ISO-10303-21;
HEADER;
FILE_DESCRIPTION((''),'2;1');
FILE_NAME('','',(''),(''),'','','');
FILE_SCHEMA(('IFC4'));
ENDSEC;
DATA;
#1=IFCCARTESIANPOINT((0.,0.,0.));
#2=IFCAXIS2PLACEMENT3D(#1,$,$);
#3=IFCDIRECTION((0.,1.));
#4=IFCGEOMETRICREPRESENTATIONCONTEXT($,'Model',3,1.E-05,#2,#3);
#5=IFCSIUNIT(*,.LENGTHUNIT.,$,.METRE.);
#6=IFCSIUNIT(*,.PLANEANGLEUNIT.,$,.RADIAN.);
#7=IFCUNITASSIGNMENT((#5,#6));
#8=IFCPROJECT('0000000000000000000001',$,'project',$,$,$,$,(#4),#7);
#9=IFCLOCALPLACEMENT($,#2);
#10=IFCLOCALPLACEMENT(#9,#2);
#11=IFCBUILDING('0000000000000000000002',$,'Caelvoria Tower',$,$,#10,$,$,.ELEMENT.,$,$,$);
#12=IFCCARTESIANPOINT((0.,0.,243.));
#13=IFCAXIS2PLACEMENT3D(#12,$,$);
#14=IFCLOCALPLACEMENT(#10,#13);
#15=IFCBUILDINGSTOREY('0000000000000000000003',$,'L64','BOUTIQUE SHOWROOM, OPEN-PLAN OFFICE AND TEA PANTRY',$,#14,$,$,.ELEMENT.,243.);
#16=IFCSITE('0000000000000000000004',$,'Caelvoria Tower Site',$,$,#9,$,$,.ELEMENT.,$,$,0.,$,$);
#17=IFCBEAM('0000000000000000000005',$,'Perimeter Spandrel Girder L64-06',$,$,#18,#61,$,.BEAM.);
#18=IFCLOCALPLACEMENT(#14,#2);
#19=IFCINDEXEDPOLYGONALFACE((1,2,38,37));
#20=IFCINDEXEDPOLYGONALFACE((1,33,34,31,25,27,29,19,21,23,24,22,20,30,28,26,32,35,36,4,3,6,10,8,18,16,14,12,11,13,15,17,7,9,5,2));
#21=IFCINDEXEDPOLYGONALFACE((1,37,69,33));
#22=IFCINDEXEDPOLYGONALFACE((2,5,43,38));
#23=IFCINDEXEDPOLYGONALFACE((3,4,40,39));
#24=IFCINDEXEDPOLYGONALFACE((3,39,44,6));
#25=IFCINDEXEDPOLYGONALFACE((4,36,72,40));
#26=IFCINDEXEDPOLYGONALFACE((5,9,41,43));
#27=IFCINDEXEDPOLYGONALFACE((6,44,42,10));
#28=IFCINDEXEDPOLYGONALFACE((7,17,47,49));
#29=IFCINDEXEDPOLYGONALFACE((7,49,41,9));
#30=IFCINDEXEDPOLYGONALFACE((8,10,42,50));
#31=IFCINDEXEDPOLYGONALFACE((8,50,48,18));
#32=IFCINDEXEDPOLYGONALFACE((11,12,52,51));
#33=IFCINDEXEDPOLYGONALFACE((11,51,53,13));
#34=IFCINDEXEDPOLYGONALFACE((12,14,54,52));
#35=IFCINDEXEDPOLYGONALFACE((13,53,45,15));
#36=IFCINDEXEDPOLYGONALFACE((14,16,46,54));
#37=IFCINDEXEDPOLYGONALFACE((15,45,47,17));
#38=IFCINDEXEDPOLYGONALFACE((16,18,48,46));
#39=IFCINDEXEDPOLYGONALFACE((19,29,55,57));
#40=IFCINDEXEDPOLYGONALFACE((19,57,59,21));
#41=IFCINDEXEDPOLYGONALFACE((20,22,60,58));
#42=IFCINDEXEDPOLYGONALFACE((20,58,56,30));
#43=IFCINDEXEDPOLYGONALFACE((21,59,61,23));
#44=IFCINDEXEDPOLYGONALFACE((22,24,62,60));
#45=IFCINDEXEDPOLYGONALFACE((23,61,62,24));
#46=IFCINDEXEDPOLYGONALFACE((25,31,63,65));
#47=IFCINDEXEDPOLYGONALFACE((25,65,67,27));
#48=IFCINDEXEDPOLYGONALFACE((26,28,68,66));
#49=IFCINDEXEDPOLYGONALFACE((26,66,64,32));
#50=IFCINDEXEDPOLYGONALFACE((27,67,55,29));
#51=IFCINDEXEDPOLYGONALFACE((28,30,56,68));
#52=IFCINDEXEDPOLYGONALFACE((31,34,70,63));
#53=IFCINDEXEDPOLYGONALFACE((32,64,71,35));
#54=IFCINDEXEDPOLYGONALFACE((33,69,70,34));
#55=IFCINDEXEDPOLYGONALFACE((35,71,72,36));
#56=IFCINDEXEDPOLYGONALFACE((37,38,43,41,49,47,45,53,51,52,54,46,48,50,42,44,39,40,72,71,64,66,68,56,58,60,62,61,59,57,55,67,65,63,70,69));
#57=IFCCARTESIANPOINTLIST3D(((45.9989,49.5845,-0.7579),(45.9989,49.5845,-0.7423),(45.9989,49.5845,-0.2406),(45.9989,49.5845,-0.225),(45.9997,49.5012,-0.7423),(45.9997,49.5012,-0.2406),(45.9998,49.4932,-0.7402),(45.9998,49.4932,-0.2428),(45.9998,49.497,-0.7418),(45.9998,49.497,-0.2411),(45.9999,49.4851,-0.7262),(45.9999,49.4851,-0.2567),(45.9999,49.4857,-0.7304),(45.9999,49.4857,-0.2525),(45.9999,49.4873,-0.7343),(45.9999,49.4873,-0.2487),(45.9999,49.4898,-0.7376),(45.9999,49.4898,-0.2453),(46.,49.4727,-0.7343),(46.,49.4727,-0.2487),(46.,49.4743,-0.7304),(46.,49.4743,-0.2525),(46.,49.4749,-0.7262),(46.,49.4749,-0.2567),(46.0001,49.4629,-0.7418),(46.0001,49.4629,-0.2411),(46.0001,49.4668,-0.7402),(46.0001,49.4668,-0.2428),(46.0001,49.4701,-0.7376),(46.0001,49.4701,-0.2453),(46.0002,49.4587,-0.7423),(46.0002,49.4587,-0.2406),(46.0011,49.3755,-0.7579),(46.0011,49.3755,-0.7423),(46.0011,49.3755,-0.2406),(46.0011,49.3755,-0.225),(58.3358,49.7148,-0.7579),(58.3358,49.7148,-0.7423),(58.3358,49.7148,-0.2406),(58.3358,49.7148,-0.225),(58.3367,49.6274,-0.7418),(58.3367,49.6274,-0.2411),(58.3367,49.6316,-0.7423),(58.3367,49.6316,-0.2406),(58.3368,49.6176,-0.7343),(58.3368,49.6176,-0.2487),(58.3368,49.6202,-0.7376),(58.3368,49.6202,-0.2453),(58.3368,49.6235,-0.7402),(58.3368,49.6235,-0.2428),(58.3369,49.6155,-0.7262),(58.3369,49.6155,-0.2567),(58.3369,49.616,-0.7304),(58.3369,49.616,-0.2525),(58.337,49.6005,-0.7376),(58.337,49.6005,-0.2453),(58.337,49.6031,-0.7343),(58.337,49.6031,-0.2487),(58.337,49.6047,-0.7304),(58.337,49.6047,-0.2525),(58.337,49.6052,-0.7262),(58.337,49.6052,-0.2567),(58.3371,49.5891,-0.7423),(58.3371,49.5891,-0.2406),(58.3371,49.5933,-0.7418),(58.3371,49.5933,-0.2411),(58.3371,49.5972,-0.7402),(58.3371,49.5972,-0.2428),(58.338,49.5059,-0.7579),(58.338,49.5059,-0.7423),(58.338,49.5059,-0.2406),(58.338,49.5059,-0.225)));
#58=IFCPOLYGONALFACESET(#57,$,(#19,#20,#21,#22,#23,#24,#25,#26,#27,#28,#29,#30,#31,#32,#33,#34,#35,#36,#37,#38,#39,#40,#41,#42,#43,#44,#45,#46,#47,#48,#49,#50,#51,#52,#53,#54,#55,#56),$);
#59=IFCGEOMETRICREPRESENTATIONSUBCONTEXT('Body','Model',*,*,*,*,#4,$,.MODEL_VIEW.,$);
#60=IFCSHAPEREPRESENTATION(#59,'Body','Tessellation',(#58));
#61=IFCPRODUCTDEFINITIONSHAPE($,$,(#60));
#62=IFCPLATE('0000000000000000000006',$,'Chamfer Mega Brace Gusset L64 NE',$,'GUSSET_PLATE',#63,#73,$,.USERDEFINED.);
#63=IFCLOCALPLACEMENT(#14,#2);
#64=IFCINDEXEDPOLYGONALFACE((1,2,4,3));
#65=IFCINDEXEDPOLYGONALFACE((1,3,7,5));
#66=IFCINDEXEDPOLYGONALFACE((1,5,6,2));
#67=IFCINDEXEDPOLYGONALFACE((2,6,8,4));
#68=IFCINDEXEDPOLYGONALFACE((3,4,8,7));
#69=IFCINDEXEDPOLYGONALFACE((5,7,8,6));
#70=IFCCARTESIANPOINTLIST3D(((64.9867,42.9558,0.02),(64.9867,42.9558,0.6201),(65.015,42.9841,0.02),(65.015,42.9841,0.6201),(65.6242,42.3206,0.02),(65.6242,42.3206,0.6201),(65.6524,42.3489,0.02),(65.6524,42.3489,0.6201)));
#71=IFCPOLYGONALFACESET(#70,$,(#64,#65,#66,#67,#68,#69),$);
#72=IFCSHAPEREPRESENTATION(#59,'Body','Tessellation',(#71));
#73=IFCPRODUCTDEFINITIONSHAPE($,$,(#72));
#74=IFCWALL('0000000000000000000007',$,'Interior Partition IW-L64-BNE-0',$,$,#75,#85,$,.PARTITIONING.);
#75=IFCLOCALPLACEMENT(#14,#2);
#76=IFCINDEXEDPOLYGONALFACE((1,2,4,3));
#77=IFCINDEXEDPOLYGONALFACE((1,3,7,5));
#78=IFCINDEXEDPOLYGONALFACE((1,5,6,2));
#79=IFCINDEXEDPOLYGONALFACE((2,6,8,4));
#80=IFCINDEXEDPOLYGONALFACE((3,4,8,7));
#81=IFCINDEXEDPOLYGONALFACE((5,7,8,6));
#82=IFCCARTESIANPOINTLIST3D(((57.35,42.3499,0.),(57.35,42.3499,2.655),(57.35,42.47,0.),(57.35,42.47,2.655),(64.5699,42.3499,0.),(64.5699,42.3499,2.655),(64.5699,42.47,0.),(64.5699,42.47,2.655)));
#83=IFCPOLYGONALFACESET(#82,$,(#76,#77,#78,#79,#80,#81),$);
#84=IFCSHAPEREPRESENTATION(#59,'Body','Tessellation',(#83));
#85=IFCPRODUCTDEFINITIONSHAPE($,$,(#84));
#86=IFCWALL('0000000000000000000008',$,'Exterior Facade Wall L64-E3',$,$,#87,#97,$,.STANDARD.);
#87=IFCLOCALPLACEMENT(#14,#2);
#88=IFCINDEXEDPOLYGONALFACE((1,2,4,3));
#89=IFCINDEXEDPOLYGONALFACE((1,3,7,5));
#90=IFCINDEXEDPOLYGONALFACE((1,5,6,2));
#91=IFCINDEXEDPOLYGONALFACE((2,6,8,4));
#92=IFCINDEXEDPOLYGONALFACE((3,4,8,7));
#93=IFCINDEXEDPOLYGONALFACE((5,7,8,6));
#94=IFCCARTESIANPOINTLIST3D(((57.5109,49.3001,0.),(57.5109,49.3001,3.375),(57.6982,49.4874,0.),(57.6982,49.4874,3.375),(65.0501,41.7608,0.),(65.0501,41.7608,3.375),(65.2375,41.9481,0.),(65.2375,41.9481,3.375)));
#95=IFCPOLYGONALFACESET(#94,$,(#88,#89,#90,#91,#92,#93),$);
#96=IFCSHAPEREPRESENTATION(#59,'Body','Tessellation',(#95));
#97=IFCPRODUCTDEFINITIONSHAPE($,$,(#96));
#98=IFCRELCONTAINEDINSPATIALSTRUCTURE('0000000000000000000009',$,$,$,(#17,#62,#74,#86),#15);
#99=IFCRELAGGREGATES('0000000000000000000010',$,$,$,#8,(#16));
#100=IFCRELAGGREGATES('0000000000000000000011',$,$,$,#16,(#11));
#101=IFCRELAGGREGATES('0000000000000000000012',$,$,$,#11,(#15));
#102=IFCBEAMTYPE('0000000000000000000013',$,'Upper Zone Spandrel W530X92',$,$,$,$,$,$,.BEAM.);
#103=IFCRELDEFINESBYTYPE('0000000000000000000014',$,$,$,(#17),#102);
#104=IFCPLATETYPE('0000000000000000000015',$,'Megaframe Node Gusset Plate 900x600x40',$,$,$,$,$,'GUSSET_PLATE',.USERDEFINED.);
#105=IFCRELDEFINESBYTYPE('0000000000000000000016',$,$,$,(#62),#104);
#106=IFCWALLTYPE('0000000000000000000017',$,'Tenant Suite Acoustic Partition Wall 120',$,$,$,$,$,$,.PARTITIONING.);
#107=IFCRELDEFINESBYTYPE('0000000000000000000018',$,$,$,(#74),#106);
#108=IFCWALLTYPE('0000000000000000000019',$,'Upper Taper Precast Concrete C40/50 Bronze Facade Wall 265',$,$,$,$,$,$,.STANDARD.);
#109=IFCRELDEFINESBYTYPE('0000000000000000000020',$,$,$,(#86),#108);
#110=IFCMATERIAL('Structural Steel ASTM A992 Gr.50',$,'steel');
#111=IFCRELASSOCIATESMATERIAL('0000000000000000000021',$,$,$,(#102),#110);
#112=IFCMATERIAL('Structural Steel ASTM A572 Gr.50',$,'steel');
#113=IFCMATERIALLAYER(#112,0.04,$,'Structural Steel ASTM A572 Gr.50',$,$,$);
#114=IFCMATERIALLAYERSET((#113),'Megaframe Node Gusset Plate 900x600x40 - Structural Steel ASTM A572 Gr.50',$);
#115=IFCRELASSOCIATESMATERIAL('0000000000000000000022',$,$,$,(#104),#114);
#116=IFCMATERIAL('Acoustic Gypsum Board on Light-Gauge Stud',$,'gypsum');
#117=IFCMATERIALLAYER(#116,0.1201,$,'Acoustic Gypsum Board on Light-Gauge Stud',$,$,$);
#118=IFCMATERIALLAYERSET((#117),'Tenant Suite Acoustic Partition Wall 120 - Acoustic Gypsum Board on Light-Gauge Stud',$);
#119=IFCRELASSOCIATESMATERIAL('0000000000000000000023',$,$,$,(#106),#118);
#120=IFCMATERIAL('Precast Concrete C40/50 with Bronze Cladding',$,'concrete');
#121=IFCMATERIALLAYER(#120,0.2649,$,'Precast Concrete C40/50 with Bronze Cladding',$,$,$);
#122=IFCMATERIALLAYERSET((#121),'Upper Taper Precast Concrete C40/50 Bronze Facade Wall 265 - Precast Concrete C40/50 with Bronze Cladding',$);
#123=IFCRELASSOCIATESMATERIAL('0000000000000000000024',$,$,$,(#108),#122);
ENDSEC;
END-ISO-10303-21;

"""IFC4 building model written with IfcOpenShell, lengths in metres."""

from ifc_helpers import new_model, si_unit, direction, frame, frame_2d, origin, origin_2d, place, context, subcontext, project, spatial, rectangle, i_section, extrude, material, layer, layer_set, material_profile, profile_set, type_object, element, save


model = new_model("IFC4")

# Units and contexts
model_context = context("Model", 3, precision=1e-05, world=origin(), true_north=direction((0.0, 1.0)))
body_context = subcontext(model_context, "Body", "Model", "MODEL_VIEW")
ifc_project = project(units=[si_unit("LENGTHUNIT", "METRE"), si_unit("PLANEANGLEUNIT", "RADIAN")], contexts=[model_context])

# Site, building, storey
site_placement = place(None, origin())
site = spatial("IfcSite", under=ifc_project, at=site_placement, Name="Caelvoria Tower Site", CompositionType="ELEMENT", RefElevation=0.0)
building_placement = place(site_placement, origin())
building = spatial("IfcBuilding", under=site, at=building_placement, Name="Caelvoria Tower", CompositionType="ELEMENT")
storey_placement = place(building_placement, frame((0.0, 0.0, 243.0)))
storey = spatial("IfcBuildingStorey", under=building, at=storey_placement, Name="L64", Description="BOUTIQUE SHOWROOM, OPEN-PLAN OFFICE AND TEA PANTRY", CompositionType="ELEMENT", Elevation=243.0)

# Shared definitions
ifc_material_1 = material(Name="Structural Steel ASTM A572 Gr.50", Category="steel")

# Shared definitions
ifc_material_2 = material(Name="Structural Steel ASTM A992 Gr.50", Category="steel")

# Beam
ifc_material_profile_1 = material_profile(ifc_material_2, i_section(OverallWidth=0.209, OverallDepth=0.533, WebThickness=0.0103, FlangeThickness=0.0156, FilletRadius=0.0161, at=origin_2d()), Name="Structural Steel ASTM A992 Gr.50")
ifc_profile_set_1 = profile_set([ifc_material_profile_1], Name="W530X92 - Structural Steel ASTM A992 Gr.50")
beam_type_1 = type_object("IfcBeamType", Name="Upper Zone Spandrel W530X92", PredefinedType="BEAM", material=ifc_profile_set_1)
beam_1_placement = place(storey_placement, frame((58.3369, 49.6104, -0.4915), z_axis=(-0.999944, -0.010567, 0.0), x_axis=(0.010567, -0.999944, 0.0)))
element("IfcBeam", 1, at=beam_1_placement, inside=storey, type_object=beam_type_1, Name="Perimeter Spandrel Girder L64-06", PredefinedType="BEAM", context=body_context, shape_type="SweptSolid", body=[
    extrude(i_section(OverallWidth=0.209, OverallDepth=0.533, WebThickness=0.0103, FlangeThickness=0.0156, FilletRadius=0.0161, at=origin_2d()), origin(), (0.0, 0.0, 1.0), 12.3376),
])

# Plate
ifc_layer_1 = layer(ifc_material_1, 0.04, Name="Structural Steel ASTM A572 Gr.50")
ifc_layer_set_1 = layer_set([ifc_layer_1], Name="Megaframe Node Gusset Plate 900x600x40 - Structural Steel ASTM A572 Gr.50")
plate_type = type_object("IfcPlateType", Name="Megaframe Node Gusset Plate 900x600x40", ElementType="GUSSET_PLATE", PredefinedType="USERDEFINED", material=ifc_layer_set_1)
plate_placement = place(storey_placement, frame((65.3196, 42.6523, 0.02), z_axis=(0.0, 0.0, 1.0), x_axis=(-0.708358, 0.705853, 0.0)))
element("IfcPlate", 2, at=plate_placement, inside=storey, type_object=plate_type, Name="Chamfer Mega Brace Gusset L64 NE", ObjectType="GUSSET_PLATE", PredefinedType="USERDEFINED", context=body_context, shape_type="SweptSolid", body=[
    extrude(rectangle(XDim=0.8999, YDim=0.04, at=origin_2d()), origin(), (0.0, 0.0, 1.0), 0.6001),
])

# Walls
ifc_material_3 = material(Name="Acoustic Gypsum Board on Light-Gauge Stud", Category="gypsum")
ifc_layer_2 = layer(ifc_material_3, 0.1201, Name="Acoustic Gypsum Board on Light-Gauge Stud")
ifc_layer_set_2 = layer_set([ifc_layer_2], Name="Tenant Suite Acoustic Partition Wall 120 - Acoustic Gypsum Board on Light-Gauge Stud")
wall_type_1 = type_object("IfcWallType", Name="Tenant Suite Acoustic Partition Wall 120", PredefinedType="PARTITIONING", material=ifc_layer_set_2)
wall_1_placement = place(storey_placement, frame((57.3501, 42.4099, 0.0), z_axis=(0.0, 0.0, 1.0), x_axis=(1.0, 0.0, 0.0)))
element("IfcWall", 3, at=wall_1_placement, inside=storey, type_object=wall_type_1, Name="Interior Partition IW-L64-BNE-0", PredefinedType="PARTITIONING", context=body_context, shape_type="SweptSolid", body=[
    extrude(rectangle(XDim=7.22, YDim=0.1201, at=frame_2d((3.6099, 0.0))), origin(), (0.0, 0.0, 1.0), 2.655),
])
ifc_material_4 = material(Name="Precast Concrete C40/50 with Bronze Cladding", Category="concrete")
ifc_layer_3 = layer(ifc_material_4, 0.2649, Name="Precast Concrete C40/50 with Bronze Cladding")
ifc_layer_set_3 = layer_set([ifc_layer_3], Name="Upper Taper Precast Concrete C40/50 Bronze Facade Wall 265 - Precast Concrete C40/50 with Bronze Cladding")
wall_type_2 = type_object("IfcWallType", Name="Upper Taper Precast Concrete C40/50 Bronze Facade Wall 265", PredefinedType="STANDARD", material=ifc_layer_set_3)
wall_2_placement = place(storey_placement, frame((65.1438, 41.8545, 0.0), z_axis=(0.0, 0.0, 1.0), x_axis=(-0.707107, 0.707107, 0.0)))
element("IfcWall", 4, at=wall_2_placement, inside=storey, type_object=wall_type_2, Name="Exterior Facade Wall L64-E3", PredefinedType="STANDARD", context=body_context, shape_type="SweptSolid", body=[
    extrude(rectangle(XDim=10.6621, YDim=0.2649, at=frame_2d((5.3311, 0.0))), origin(), (0.0, 0.0, 1.0), 3.375),
])

save(model, "model.ifc")
